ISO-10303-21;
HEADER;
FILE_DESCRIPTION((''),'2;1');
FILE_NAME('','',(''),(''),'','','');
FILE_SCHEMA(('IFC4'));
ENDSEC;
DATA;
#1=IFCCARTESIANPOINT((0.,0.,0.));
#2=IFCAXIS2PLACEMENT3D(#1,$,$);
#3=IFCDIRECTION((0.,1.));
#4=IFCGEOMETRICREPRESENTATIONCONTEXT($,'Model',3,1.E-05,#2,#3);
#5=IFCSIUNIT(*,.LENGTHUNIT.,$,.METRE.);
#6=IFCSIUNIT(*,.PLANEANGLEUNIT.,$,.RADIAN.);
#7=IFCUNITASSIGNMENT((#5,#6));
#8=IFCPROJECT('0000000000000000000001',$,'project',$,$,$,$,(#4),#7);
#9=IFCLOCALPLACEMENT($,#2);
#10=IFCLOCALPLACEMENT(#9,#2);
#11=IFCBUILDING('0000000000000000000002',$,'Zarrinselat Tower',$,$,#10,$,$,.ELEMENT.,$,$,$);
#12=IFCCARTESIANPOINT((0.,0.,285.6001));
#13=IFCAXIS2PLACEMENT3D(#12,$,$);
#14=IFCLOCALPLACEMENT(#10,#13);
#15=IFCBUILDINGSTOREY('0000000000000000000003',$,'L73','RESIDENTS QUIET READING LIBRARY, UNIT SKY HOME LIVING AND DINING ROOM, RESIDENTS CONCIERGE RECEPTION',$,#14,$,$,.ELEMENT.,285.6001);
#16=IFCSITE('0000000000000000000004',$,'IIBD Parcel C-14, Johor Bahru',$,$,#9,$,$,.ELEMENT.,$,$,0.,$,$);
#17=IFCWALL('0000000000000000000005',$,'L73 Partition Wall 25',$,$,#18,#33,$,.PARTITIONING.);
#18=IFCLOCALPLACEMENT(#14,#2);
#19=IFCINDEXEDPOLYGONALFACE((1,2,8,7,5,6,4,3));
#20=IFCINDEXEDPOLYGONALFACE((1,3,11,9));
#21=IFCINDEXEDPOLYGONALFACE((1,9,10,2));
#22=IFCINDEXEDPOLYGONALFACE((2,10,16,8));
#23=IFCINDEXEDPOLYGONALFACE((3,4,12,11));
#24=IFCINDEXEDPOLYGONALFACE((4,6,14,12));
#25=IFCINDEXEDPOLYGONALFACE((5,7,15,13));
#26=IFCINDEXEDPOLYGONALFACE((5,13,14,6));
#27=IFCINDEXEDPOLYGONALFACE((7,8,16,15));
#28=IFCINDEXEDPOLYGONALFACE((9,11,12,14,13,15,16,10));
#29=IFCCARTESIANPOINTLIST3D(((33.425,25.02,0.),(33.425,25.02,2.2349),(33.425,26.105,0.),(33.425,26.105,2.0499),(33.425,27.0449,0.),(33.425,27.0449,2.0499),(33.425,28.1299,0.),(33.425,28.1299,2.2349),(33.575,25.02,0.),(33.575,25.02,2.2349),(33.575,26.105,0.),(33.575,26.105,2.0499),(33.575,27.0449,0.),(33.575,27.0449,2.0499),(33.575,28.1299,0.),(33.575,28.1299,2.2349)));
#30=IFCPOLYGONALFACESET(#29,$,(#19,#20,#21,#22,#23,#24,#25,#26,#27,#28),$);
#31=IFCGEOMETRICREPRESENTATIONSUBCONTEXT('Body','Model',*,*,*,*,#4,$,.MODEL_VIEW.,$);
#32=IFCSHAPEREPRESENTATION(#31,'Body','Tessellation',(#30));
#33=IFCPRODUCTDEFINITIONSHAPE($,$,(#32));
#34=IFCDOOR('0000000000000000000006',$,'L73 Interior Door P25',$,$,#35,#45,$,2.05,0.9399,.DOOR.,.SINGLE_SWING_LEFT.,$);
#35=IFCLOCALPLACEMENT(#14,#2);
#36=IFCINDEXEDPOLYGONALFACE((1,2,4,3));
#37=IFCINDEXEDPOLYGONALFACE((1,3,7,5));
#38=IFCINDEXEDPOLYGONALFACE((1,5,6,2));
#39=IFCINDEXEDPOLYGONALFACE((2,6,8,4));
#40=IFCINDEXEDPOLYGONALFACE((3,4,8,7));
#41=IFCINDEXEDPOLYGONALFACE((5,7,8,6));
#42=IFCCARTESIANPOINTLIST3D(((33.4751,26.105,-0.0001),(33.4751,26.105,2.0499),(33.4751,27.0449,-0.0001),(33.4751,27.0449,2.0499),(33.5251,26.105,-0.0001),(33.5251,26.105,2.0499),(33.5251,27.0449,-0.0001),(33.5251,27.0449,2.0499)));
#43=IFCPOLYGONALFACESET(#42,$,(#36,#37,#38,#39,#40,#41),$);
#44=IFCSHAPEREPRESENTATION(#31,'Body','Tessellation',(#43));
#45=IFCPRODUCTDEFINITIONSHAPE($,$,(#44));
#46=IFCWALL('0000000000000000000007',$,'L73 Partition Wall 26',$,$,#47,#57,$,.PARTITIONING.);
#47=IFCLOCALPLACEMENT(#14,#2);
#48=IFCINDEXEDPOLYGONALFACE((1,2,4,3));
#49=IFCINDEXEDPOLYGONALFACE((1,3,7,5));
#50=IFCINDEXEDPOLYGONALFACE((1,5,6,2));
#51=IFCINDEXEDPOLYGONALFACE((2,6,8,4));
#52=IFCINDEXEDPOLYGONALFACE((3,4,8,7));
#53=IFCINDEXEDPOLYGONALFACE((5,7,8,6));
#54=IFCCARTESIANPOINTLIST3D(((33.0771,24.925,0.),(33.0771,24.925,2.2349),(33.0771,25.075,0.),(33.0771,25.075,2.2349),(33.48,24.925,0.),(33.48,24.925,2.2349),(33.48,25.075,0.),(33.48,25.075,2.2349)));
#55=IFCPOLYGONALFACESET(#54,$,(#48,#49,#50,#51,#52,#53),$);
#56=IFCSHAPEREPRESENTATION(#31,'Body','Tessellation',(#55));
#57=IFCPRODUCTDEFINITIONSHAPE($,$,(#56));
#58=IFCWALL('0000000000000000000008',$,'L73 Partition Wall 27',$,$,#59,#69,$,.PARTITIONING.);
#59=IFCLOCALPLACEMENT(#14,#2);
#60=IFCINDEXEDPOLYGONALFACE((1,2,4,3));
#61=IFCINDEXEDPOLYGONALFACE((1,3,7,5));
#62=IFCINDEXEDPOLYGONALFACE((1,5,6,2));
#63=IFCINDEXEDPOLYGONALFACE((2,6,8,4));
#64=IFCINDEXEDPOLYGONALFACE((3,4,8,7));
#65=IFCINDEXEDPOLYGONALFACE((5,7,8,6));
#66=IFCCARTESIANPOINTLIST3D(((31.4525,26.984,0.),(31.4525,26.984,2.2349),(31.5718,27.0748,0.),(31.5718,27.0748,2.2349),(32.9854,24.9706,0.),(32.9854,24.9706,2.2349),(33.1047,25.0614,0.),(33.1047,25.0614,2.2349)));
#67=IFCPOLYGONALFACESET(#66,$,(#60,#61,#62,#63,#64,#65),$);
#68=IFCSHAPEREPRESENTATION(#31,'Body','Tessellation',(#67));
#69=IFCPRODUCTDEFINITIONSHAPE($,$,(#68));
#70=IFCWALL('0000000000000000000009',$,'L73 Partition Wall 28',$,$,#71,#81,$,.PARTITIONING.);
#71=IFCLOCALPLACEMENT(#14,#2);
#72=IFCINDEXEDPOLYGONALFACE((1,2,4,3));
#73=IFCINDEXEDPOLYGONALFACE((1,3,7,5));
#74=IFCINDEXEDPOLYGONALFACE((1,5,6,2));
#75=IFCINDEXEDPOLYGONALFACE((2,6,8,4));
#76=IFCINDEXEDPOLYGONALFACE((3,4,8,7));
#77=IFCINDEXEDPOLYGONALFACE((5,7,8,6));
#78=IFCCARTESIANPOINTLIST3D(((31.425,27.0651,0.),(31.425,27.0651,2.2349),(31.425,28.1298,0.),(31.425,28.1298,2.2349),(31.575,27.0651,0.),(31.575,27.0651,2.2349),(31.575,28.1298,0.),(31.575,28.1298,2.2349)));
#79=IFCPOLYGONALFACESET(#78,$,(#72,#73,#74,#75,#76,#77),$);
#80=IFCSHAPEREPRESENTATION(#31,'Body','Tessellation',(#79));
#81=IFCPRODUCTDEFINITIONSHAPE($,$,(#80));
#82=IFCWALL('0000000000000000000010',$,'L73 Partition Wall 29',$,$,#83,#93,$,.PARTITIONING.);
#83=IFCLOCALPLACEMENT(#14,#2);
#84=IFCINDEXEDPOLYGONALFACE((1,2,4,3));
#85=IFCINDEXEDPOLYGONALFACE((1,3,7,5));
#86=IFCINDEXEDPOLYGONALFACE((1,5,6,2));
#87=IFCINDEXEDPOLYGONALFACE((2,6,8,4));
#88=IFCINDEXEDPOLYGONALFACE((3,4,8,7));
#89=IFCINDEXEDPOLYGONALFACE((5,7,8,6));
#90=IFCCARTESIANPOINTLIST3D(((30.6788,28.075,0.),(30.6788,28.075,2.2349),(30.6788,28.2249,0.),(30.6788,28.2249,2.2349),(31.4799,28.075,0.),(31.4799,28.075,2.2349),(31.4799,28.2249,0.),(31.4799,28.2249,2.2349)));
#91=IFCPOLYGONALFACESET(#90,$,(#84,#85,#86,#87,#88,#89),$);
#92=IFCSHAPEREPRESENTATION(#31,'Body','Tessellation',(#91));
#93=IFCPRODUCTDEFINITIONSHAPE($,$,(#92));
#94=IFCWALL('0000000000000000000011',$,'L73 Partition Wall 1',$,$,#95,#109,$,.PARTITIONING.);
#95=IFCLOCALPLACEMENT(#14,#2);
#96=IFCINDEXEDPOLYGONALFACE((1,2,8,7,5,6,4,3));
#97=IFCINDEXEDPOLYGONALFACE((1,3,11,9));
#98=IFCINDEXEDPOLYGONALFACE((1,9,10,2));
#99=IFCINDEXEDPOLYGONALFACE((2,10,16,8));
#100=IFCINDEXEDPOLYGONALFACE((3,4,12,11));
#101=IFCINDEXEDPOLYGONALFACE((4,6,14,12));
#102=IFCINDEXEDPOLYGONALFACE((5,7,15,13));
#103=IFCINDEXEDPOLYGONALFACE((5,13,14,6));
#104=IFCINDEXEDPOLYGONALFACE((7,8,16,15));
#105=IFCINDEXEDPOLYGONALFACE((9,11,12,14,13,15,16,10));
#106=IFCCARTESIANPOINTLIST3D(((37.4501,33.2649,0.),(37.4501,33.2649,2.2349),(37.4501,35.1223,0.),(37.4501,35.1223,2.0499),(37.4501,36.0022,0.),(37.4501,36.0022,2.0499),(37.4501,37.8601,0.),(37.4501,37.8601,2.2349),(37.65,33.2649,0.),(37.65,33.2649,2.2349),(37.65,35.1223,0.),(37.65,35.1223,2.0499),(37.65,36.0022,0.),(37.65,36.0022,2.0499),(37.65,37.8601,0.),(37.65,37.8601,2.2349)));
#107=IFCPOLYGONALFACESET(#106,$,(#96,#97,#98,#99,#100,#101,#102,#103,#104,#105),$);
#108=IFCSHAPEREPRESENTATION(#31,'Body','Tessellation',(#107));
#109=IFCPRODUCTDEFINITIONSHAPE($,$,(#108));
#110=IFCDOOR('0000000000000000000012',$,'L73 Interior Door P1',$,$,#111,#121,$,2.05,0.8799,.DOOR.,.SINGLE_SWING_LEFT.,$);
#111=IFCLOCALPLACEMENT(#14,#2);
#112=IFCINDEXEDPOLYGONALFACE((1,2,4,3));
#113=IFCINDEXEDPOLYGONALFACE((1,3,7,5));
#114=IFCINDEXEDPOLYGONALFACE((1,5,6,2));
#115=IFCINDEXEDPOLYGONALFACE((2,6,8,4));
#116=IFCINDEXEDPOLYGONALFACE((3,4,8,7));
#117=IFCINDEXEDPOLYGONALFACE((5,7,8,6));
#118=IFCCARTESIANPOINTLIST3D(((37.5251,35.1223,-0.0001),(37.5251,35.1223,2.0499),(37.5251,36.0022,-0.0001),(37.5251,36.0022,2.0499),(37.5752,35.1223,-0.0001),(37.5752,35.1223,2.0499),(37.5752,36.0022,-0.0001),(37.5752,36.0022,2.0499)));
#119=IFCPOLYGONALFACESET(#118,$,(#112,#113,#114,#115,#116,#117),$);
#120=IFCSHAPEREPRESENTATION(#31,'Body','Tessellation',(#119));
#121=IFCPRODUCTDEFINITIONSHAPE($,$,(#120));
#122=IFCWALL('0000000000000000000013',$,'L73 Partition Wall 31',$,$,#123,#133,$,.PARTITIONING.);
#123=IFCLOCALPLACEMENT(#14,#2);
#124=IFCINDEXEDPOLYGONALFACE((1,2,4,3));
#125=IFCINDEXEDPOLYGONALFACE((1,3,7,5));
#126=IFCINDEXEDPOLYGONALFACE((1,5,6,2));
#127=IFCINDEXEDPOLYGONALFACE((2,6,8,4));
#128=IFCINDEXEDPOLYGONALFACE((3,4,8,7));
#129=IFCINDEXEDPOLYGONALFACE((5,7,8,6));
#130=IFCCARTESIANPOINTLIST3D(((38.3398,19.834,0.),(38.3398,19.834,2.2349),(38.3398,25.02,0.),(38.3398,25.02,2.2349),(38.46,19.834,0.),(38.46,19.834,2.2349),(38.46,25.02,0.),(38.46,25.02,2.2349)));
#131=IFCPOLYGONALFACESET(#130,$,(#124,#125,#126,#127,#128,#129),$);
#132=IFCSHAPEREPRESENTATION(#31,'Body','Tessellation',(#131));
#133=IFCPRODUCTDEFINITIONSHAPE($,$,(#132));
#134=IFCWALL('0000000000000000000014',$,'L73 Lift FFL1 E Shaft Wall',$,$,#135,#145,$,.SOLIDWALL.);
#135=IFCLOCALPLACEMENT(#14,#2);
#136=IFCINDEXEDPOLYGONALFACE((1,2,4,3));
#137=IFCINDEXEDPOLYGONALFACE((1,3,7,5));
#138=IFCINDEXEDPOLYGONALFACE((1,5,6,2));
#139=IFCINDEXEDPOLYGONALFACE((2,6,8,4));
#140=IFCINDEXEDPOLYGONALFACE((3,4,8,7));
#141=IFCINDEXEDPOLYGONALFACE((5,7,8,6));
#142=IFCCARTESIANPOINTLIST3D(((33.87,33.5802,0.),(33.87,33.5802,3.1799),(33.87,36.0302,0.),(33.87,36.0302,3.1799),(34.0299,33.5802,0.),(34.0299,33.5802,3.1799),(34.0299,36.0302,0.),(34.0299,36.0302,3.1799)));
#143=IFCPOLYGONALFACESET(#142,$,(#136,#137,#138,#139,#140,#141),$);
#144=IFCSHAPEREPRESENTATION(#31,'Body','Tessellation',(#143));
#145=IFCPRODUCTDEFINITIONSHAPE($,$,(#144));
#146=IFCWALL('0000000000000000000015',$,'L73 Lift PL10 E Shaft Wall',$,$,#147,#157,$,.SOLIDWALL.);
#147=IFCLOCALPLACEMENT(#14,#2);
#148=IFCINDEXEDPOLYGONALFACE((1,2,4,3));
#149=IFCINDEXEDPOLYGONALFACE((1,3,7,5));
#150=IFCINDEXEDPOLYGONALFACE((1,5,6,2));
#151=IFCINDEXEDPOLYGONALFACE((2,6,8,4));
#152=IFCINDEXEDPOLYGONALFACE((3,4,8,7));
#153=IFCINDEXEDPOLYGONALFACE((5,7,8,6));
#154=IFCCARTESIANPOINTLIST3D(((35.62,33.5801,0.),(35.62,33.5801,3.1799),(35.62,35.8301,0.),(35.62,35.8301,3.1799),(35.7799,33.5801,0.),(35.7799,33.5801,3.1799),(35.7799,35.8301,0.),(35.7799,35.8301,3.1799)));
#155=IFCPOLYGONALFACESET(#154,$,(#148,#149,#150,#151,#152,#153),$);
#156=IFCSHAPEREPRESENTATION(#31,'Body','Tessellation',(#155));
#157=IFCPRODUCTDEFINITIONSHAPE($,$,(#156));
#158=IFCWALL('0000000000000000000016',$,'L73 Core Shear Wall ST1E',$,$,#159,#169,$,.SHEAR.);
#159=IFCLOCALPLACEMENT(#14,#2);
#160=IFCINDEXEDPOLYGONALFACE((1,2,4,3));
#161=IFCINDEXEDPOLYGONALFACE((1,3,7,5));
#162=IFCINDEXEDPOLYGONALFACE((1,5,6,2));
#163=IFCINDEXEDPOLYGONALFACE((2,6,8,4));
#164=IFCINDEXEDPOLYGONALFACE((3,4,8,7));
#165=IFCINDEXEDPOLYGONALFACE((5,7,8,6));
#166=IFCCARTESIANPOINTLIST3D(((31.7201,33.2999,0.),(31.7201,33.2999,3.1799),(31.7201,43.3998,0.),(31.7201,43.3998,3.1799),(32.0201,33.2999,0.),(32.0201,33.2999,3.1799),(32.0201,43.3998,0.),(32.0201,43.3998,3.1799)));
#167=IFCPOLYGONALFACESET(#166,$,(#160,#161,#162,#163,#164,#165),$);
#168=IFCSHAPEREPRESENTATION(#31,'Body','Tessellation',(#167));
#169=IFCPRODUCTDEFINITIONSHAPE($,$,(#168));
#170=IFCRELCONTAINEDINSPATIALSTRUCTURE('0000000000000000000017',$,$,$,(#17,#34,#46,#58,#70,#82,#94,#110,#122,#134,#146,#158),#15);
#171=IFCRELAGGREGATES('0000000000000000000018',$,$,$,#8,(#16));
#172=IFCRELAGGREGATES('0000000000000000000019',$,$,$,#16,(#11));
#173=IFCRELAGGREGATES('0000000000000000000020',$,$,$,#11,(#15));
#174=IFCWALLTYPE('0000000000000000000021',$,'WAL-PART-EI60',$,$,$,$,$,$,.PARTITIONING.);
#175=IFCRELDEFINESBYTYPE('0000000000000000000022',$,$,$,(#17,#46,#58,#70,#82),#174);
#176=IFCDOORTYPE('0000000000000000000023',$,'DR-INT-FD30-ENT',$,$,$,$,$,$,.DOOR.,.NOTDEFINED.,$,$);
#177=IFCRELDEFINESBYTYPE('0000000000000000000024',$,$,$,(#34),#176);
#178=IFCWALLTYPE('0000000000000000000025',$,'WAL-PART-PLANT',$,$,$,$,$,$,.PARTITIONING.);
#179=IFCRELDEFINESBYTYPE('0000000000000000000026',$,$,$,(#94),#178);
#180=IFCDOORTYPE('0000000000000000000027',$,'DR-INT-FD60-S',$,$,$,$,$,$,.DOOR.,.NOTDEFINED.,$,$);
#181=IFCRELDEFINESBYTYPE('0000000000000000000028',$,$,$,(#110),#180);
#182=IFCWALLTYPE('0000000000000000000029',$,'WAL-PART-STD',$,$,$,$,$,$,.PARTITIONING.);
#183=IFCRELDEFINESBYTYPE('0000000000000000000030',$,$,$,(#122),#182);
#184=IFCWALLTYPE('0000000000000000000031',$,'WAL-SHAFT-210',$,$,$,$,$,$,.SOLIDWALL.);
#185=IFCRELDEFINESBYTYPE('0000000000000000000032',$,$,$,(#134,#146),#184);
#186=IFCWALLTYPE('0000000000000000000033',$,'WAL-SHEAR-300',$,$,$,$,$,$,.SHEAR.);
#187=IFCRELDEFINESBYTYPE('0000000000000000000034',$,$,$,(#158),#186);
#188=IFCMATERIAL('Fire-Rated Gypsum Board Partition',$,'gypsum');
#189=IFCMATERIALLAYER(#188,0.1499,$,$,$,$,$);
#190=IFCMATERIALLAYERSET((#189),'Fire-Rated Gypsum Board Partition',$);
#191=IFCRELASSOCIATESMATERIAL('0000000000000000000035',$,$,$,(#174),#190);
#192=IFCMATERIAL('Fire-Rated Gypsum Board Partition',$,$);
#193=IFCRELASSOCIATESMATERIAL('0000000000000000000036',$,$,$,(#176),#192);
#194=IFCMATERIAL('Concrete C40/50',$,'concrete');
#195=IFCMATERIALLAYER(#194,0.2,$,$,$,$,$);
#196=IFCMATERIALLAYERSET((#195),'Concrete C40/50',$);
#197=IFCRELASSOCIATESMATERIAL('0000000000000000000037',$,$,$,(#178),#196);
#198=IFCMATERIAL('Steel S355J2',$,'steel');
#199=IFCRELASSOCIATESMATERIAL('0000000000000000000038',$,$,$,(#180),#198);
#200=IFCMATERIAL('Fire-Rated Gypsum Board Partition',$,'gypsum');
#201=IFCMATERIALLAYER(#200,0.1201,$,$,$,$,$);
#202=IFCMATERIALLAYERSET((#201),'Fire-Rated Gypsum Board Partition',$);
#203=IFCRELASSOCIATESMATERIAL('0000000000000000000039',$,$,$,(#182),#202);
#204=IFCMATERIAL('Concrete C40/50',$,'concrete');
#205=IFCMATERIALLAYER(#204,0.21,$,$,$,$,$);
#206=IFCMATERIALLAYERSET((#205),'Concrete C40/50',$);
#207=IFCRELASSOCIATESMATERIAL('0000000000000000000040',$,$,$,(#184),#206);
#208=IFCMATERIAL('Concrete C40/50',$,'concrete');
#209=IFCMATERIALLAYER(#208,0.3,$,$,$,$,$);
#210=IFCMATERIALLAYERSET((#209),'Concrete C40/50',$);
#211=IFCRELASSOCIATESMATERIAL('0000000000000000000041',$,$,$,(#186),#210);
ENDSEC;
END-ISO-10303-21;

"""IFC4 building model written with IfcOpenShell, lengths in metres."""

from ifc_helpers import new_model, si_unit, direction, frame, frame_2d, origin, place, context, subcontext, project, spatial, rectangle, extrude, material, layer, layer_set, type_object, element, fill, save


model = new_model("IFC4")

# Units and contexts
model_context = context("Model", 3, precision=1e-05, world=origin(), true_north=direction((0.0, 1.0)))
body_context = subcontext(model_context, "Body", "Model", "MODEL_VIEW")
ifc_project = project(units=[si_unit("LENGTHUNIT", "METRE"), si_unit("PLANEANGLEUNIT", "RADIAN")], contexts=[model_context])

# Site, building, storey
site_placement = place(None, origin())
site = spatial("IfcSite", under=ifc_project, at=site_placement, Name="IIBD Parcel C-14, Johor Bahru", CompositionType="ELEMENT", RefElevation=0.0)
building_placement = place(site_placement, origin())
building = spatial("IfcBuilding", under=site, at=building_placement, Name="Zarrinselat Tower", CompositionType="ELEMENT")
storey_placement = place(building_placement, frame((0.0, 0.0, 285.6001)))
storey = spatial("IfcBuildingStorey", under=building, at=storey_placement, Name="L73", Description="RESIDENTS QUIET READING LIBRARY, UNIT SKY HOME LIVING AND DINING ROOM, RESIDENTS CONCIERGE RECEPTION", CompositionType="ELEMENT", Elevation=285.6001)

# Shared definitions
ifc_material_1 = material(Name="Fire-Rated Gypsum Board Partition", Category="gypsum")
ifc_layer_1 = layer(ifc_material_1, 0.1499)
ifc_layer_set_1 = layer_set([ifc_layer_1], Name="Fire-Rated Gypsum Board Partition")
wall_type_1 = type_object("IfcWallType", Name="WAL-PART-EI60", PredefinedType="PARTITIONING", material=ifc_layer_set_1)

# Wall, opening, door
wall_1_placement = place(storey_placement, frame((33.5, 25.02, 0.0), z_axis=(0.0, 0.0, 1.0), x_axis=(0.0, 1.0, 0.0)))
wall_1 = element("IfcWall", 1, at=wall_1_placement, inside=storey, type_object=wall_type_1, Name="L73 Partition Wall 25", PredefinedType="PARTITIONING", context=body_context, shape_type="SweptSolid", body=[
    extrude(rectangle(XDim=3.1099, YDim=0.1499, at=frame_2d((1.5549, 0.0))), origin(), (0.0, 0.0, 1.0), 2.2349),
])
opening_1_placement = place(wall_1_placement, frame((1.085, 0.0, 0.0)))
opening_1 = element("IfcOpeningElement", 2, at=opening_1_placement, cuts=wall_1, PredefinedType="OPENING", context=body_context, shape_type="SweptSolid", body=[
    extrude(rectangle(XDim=0.9399, YDim=2.05, at=frame_2d((0.47, 1.0249))), frame((0.0, 0.085, 0.0), z_axis=(0.0, -1.0, 0.0), x_axis=(1.0, 0.0, 0.0)), (0.0, 0.0, 1.0), 0.1699),
])
ifc_material_2 = material(Name="Fire-Rated Gypsum Board Partition")
door_type_1 = type_object("IfcDoorType", Name="DR-INT-FD30-ENT", OperationType="NOTDEFINED", PredefinedType="DOOR", material=ifc_material_2)
door_1_placement = place(opening_1_placement, origin())
door_1 = element("IfcDoor", 3, at=door_1_placement, inside=storey, type_object=door_type_1, Name="L73 Interior Door P25", OperationType="SINGLE_SWING_LEFT", OverallHeight=2.05, OverallWidth=0.9399, PredefinedType="DOOR", context=body_context, shape_type="SweptSolid", body=[
    extrude(rectangle(XDim=0.9399, YDim=2.05, at=frame_2d((0.47, 1.0249))), frame((0.0, 0.0249, 0.0), z_axis=(0.0, -1.0, 0.0), x_axis=(1.0, 0.0, 0.0)), (0.0, 0.0, 1.0), 0.05),
])
fill(opening_1, door_1)

# Walls
wall_2_placement = place(storey_placement, frame((33.0771, 25.0, 0.0), z_axis=(0.0, 0.0, 1.0), x_axis=(1.0, 0.0, 0.0)))
element("IfcWall", 4, at=wall_2_placement, inside=storey, type_object=wall_type_1, Name="L73 Partition Wall 26", PredefinedType="PARTITIONING", context=body_context, shape_type="SweptSolid", body=[
    extrude(rectangle(XDim=0.4028, YDim=0.1499, at=frame_2d((0.2014, 0.0))), origin(), (0.0, 0.0, 1.0), 2.2349),
])
wall_3_placement = place(storey_placement, frame((31.5122, 27.0293, 0.0), z_axis=(0.0, 0.0, 1.0), x_axis=(0.605773, -0.795638, 0.0)))
element("IfcWall", 5, at=wall_3_placement, inside=storey, type_object=wall_type_1, Name="L73 Partition Wall 27", PredefinedType="PARTITIONING", context=body_context, shape_type="SweptSolid", body=[
    extrude(rectangle(XDim=2.5305, YDim=0.1499, at=frame_2d((1.2651, 0.0))), origin(), (0.0, 0.0, 1.0), 2.2349),
])
wall_4_placement = place(storey_placement, frame((31.5, 27.0652, 0.0), z_axis=(0.0, 0.0, 1.0), x_axis=(0.0, 1.0, 0.0)))
element("IfcWall", 6, at=wall_4_placement, inside=storey, type_object=wall_type_1, Name="L73 Partition Wall 28", PredefinedType="PARTITIONING", context=body_context, shape_type="SweptSolid", body=[
    extrude(rectangle(XDim=1.0647, YDim=0.1499, at=frame_2d((0.5322, 0.0))), origin(), (0.0, 0.0, 1.0), 2.2349),
])
wall_5_placement = place(storey_placement, frame((30.679, 28.1499, 0.0), z_axis=(0.0, 0.0, 1.0), x_axis=(1.0, 0.0, 0.0)))
element("IfcWall", 7, at=wall_5_placement, inside=storey, type_object=wall_type_1, Name="L73 Partition Wall 29", PredefinedType="PARTITIONING", context=body_context, shape_type="SweptSolid", body=[
    extrude(rectangle(XDim=0.801, YDim=0.1499, at=frame_2d((0.4004, 0.0))), origin(), (0.0, 0.0, 1.0), 2.2349),
])

# Wall, opening, door
ifc_material_3 = material(Name="Concrete C40/50", Category="concrete")
ifc_layer_2 = layer(ifc_material_3, 0.2)
ifc_layer_set_2 = layer_set([ifc_layer_2], Name="Concrete C40/50")
wall_type_2 = type_object("IfcWallType", Name="WAL-PART-PLANT", PredefinedType="PARTITIONING", material=ifc_layer_set_2)
wall_6_placement = place(storey_placement, frame((37.55, 33.2649, 0.0), z_axis=(0.0, 0.0, 1.0), x_axis=(0.0, 1.0, 0.0)))
wall_6 = element("IfcWall", 8, at=wall_6_placement, inside=storey, type_object=wall_type_2, Name="L73 Partition Wall 1", PredefinedType="PARTITIONING", context=body_context, shape_type="SweptSolid", body=[
    extrude(rectangle(XDim=4.5952, YDim=0.2, at=frame_2d((2.2976, 0.0))), origin(), (0.0, 0.0, 1.0), 2.2349),
])
opening_2_placement = place(wall_6_placement, frame((1.8574, 0.0, 0.0)))
opening_2 = element("IfcOpeningElement", 9, at=opening_2_placement, cuts=wall_6, PredefinedType="OPENING", context=body_context, shape_type="SweptSolid", body=[
    extrude(rectangle(XDim=0.8799, YDim=2.05, at=frame_2d((0.4399, 1.0249))), frame((0.0, 0.1099, 0.0), z_axis=(0.0, -1.0, 0.0), x_axis=(1.0, 0.0, 0.0)), (0.0, 0.0, 1.0), 0.22),
])
ifc_material_4 = material(Name="Steel S355J2", Category="steel")
door_type_2 = type_object("IfcDoorType", Name="DR-INT-FD60-S", OperationType="NOTDEFINED", PredefinedType="DOOR", material=ifc_material_4)
door_2_placement = place(opening_2_placement, origin())
door_2 = element("IfcDoor", 10, at=door_2_placement, inside=storey, type_object=door_type_2, Name="L73 Interior Door P1", OperationType="SINGLE_SWING_LEFT", OverallHeight=2.05, OverallWidth=0.8799, PredefinedType="DOOR", context=body_context, shape_type="SweptSolid", body=[
    extrude(rectangle(XDim=0.8799, YDim=2.05, at=frame_2d((0.4399, 1.0249))), frame((0.0, 0.0249, 0.0), z_axis=(0.0, -1.0, 0.0), x_axis=(1.0, 0.0, 0.0)), (0.0, 0.0, 1.0), 0.05),
])
fill(opening_2, door_2)

# Walls
ifc_material_5 = material(Name="Fire-Rated Gypsum Board Partition", Category="gypsum")
ifc_layer_3 = layer(ifc_material_5, 0.1201)
ifc_layer_set_3 = layer_set([ifc_layer_3], Name="Fire-Rated Gypsum Board Partition")
wall_type_3 = type_object("IfcWallType", Name="WAL-PART-STD", PredefinedType="PARTITIONING", material=ifc_layer_set_3)
wall_7_placement = place(storey_placement, frame((38.3999, 19.834, 0.0), z_axis=(0.0, 0.0, 1.0), x_axis=(0.0, 1.0, 0.0)))
element("IfcWall", 11, at=wall_7_placement, inside=storey, type_object=wall_type_3, Name="L73 Partition Wall 31", PredefinedType="PARTITIONING", context=body_context, shape_type="SweptSolid", body=[
    extrude(rectangle(XDim=5.186, YDim=0.1201, at=frame_2d((2.593, 0.0))), origin(), (0.0, 0.0, 1.0), 2.2349),
])
ifc_material_6 = material(Name="Concrete C40/50", Category="concrete")
ifc_layer_4 = layer(ifc_material_6, 0.21)
ifc_layer_set_4 = layer_set([ifc_layer_4], Name="Concrete C40/50")
wall_type_4 = type_object("IfcWallType", Name="WAL-SHAFT-210", PredefinedType="SOLIDWALL", material=ifc_layer_set_4)
wall_8_placement = place(storey_placement, frame((33.95, 33.5801, 0.0), z_axis=(0.0, 0.0, 1.0), x_axis=(0.0, 1.0, 0.0)))
element("IfcWall", 12, at=wall_8_placement, inside=storey, type_object=wall_type_4, Name="L73 Lift FFL1 E Shaft Wall", PredefinedType="SOLIDWALL", context=body_context, shape_type="SweptSolid", body=[
    extrude(rectangle(XDim=2.45, YDim=0.1599, at=frame_2d((1.2251, 0.0))), origin(), (0.0, 0.0, 1.0), 3.1799),
])
wall_9_placement = place(storey_placement, frame((35.7, 33.5801, 0.0), z_axis=(0.0, 0.0, 1.0), x_axis=(0.0, 1.0, 0.0)))
element("IfcWall", 13, at=wall_9_placement, inside=storey, type_object=wall_type_4, Name="L73 Lift PL10 E Shaft Wall", PredefinedType="SOLIDWALL", context=body_context, shape_type="SweptSolid", body=[
    extrude(rectangle(XDim=2.25, YDim=0.1599, at=frame_2d((1.125, 0.0))), origin(), (0.0, 0.0, 1.0), 3.1799),
])
ifc_material_7 = material(Name="Concrete C40/50", Category="concrete")
ifc_layer_5 = layer(ifc_material_7, 0.3)
ifc_layer_set_5 = layer_set([ifc_layer_5], Name="Concrete C40/50")
wall_type_5 = type_object("IfcWallType", Name="WAL-SHEAR-300", PredefinedType="SHEAR", material=ifc_layer_set_5)
wall_10_placement = place(storey_placement, frame((31.8701, 33.3, 0.0), z_axis=(0.0, 0.0, 1.0), x_axis=(0.0, 1.0, 0.0)))
element("IfcWall", 14, at=wall_10_placement, inside=storey, type_object=wall_type_5, Name="L73 Core Shear Wall ST1E", PredefinedType="SHEAR", context=body_context, shape_type="SweptSolid", body=[
    extrude(rectangle(XDim=10.0999, YDim=0.3, at=frame_2d((5.0498, 0.0))), origin(), (0.0, 0.0, 1.0), 3.1799),
])

save(model, "model.ifc")
